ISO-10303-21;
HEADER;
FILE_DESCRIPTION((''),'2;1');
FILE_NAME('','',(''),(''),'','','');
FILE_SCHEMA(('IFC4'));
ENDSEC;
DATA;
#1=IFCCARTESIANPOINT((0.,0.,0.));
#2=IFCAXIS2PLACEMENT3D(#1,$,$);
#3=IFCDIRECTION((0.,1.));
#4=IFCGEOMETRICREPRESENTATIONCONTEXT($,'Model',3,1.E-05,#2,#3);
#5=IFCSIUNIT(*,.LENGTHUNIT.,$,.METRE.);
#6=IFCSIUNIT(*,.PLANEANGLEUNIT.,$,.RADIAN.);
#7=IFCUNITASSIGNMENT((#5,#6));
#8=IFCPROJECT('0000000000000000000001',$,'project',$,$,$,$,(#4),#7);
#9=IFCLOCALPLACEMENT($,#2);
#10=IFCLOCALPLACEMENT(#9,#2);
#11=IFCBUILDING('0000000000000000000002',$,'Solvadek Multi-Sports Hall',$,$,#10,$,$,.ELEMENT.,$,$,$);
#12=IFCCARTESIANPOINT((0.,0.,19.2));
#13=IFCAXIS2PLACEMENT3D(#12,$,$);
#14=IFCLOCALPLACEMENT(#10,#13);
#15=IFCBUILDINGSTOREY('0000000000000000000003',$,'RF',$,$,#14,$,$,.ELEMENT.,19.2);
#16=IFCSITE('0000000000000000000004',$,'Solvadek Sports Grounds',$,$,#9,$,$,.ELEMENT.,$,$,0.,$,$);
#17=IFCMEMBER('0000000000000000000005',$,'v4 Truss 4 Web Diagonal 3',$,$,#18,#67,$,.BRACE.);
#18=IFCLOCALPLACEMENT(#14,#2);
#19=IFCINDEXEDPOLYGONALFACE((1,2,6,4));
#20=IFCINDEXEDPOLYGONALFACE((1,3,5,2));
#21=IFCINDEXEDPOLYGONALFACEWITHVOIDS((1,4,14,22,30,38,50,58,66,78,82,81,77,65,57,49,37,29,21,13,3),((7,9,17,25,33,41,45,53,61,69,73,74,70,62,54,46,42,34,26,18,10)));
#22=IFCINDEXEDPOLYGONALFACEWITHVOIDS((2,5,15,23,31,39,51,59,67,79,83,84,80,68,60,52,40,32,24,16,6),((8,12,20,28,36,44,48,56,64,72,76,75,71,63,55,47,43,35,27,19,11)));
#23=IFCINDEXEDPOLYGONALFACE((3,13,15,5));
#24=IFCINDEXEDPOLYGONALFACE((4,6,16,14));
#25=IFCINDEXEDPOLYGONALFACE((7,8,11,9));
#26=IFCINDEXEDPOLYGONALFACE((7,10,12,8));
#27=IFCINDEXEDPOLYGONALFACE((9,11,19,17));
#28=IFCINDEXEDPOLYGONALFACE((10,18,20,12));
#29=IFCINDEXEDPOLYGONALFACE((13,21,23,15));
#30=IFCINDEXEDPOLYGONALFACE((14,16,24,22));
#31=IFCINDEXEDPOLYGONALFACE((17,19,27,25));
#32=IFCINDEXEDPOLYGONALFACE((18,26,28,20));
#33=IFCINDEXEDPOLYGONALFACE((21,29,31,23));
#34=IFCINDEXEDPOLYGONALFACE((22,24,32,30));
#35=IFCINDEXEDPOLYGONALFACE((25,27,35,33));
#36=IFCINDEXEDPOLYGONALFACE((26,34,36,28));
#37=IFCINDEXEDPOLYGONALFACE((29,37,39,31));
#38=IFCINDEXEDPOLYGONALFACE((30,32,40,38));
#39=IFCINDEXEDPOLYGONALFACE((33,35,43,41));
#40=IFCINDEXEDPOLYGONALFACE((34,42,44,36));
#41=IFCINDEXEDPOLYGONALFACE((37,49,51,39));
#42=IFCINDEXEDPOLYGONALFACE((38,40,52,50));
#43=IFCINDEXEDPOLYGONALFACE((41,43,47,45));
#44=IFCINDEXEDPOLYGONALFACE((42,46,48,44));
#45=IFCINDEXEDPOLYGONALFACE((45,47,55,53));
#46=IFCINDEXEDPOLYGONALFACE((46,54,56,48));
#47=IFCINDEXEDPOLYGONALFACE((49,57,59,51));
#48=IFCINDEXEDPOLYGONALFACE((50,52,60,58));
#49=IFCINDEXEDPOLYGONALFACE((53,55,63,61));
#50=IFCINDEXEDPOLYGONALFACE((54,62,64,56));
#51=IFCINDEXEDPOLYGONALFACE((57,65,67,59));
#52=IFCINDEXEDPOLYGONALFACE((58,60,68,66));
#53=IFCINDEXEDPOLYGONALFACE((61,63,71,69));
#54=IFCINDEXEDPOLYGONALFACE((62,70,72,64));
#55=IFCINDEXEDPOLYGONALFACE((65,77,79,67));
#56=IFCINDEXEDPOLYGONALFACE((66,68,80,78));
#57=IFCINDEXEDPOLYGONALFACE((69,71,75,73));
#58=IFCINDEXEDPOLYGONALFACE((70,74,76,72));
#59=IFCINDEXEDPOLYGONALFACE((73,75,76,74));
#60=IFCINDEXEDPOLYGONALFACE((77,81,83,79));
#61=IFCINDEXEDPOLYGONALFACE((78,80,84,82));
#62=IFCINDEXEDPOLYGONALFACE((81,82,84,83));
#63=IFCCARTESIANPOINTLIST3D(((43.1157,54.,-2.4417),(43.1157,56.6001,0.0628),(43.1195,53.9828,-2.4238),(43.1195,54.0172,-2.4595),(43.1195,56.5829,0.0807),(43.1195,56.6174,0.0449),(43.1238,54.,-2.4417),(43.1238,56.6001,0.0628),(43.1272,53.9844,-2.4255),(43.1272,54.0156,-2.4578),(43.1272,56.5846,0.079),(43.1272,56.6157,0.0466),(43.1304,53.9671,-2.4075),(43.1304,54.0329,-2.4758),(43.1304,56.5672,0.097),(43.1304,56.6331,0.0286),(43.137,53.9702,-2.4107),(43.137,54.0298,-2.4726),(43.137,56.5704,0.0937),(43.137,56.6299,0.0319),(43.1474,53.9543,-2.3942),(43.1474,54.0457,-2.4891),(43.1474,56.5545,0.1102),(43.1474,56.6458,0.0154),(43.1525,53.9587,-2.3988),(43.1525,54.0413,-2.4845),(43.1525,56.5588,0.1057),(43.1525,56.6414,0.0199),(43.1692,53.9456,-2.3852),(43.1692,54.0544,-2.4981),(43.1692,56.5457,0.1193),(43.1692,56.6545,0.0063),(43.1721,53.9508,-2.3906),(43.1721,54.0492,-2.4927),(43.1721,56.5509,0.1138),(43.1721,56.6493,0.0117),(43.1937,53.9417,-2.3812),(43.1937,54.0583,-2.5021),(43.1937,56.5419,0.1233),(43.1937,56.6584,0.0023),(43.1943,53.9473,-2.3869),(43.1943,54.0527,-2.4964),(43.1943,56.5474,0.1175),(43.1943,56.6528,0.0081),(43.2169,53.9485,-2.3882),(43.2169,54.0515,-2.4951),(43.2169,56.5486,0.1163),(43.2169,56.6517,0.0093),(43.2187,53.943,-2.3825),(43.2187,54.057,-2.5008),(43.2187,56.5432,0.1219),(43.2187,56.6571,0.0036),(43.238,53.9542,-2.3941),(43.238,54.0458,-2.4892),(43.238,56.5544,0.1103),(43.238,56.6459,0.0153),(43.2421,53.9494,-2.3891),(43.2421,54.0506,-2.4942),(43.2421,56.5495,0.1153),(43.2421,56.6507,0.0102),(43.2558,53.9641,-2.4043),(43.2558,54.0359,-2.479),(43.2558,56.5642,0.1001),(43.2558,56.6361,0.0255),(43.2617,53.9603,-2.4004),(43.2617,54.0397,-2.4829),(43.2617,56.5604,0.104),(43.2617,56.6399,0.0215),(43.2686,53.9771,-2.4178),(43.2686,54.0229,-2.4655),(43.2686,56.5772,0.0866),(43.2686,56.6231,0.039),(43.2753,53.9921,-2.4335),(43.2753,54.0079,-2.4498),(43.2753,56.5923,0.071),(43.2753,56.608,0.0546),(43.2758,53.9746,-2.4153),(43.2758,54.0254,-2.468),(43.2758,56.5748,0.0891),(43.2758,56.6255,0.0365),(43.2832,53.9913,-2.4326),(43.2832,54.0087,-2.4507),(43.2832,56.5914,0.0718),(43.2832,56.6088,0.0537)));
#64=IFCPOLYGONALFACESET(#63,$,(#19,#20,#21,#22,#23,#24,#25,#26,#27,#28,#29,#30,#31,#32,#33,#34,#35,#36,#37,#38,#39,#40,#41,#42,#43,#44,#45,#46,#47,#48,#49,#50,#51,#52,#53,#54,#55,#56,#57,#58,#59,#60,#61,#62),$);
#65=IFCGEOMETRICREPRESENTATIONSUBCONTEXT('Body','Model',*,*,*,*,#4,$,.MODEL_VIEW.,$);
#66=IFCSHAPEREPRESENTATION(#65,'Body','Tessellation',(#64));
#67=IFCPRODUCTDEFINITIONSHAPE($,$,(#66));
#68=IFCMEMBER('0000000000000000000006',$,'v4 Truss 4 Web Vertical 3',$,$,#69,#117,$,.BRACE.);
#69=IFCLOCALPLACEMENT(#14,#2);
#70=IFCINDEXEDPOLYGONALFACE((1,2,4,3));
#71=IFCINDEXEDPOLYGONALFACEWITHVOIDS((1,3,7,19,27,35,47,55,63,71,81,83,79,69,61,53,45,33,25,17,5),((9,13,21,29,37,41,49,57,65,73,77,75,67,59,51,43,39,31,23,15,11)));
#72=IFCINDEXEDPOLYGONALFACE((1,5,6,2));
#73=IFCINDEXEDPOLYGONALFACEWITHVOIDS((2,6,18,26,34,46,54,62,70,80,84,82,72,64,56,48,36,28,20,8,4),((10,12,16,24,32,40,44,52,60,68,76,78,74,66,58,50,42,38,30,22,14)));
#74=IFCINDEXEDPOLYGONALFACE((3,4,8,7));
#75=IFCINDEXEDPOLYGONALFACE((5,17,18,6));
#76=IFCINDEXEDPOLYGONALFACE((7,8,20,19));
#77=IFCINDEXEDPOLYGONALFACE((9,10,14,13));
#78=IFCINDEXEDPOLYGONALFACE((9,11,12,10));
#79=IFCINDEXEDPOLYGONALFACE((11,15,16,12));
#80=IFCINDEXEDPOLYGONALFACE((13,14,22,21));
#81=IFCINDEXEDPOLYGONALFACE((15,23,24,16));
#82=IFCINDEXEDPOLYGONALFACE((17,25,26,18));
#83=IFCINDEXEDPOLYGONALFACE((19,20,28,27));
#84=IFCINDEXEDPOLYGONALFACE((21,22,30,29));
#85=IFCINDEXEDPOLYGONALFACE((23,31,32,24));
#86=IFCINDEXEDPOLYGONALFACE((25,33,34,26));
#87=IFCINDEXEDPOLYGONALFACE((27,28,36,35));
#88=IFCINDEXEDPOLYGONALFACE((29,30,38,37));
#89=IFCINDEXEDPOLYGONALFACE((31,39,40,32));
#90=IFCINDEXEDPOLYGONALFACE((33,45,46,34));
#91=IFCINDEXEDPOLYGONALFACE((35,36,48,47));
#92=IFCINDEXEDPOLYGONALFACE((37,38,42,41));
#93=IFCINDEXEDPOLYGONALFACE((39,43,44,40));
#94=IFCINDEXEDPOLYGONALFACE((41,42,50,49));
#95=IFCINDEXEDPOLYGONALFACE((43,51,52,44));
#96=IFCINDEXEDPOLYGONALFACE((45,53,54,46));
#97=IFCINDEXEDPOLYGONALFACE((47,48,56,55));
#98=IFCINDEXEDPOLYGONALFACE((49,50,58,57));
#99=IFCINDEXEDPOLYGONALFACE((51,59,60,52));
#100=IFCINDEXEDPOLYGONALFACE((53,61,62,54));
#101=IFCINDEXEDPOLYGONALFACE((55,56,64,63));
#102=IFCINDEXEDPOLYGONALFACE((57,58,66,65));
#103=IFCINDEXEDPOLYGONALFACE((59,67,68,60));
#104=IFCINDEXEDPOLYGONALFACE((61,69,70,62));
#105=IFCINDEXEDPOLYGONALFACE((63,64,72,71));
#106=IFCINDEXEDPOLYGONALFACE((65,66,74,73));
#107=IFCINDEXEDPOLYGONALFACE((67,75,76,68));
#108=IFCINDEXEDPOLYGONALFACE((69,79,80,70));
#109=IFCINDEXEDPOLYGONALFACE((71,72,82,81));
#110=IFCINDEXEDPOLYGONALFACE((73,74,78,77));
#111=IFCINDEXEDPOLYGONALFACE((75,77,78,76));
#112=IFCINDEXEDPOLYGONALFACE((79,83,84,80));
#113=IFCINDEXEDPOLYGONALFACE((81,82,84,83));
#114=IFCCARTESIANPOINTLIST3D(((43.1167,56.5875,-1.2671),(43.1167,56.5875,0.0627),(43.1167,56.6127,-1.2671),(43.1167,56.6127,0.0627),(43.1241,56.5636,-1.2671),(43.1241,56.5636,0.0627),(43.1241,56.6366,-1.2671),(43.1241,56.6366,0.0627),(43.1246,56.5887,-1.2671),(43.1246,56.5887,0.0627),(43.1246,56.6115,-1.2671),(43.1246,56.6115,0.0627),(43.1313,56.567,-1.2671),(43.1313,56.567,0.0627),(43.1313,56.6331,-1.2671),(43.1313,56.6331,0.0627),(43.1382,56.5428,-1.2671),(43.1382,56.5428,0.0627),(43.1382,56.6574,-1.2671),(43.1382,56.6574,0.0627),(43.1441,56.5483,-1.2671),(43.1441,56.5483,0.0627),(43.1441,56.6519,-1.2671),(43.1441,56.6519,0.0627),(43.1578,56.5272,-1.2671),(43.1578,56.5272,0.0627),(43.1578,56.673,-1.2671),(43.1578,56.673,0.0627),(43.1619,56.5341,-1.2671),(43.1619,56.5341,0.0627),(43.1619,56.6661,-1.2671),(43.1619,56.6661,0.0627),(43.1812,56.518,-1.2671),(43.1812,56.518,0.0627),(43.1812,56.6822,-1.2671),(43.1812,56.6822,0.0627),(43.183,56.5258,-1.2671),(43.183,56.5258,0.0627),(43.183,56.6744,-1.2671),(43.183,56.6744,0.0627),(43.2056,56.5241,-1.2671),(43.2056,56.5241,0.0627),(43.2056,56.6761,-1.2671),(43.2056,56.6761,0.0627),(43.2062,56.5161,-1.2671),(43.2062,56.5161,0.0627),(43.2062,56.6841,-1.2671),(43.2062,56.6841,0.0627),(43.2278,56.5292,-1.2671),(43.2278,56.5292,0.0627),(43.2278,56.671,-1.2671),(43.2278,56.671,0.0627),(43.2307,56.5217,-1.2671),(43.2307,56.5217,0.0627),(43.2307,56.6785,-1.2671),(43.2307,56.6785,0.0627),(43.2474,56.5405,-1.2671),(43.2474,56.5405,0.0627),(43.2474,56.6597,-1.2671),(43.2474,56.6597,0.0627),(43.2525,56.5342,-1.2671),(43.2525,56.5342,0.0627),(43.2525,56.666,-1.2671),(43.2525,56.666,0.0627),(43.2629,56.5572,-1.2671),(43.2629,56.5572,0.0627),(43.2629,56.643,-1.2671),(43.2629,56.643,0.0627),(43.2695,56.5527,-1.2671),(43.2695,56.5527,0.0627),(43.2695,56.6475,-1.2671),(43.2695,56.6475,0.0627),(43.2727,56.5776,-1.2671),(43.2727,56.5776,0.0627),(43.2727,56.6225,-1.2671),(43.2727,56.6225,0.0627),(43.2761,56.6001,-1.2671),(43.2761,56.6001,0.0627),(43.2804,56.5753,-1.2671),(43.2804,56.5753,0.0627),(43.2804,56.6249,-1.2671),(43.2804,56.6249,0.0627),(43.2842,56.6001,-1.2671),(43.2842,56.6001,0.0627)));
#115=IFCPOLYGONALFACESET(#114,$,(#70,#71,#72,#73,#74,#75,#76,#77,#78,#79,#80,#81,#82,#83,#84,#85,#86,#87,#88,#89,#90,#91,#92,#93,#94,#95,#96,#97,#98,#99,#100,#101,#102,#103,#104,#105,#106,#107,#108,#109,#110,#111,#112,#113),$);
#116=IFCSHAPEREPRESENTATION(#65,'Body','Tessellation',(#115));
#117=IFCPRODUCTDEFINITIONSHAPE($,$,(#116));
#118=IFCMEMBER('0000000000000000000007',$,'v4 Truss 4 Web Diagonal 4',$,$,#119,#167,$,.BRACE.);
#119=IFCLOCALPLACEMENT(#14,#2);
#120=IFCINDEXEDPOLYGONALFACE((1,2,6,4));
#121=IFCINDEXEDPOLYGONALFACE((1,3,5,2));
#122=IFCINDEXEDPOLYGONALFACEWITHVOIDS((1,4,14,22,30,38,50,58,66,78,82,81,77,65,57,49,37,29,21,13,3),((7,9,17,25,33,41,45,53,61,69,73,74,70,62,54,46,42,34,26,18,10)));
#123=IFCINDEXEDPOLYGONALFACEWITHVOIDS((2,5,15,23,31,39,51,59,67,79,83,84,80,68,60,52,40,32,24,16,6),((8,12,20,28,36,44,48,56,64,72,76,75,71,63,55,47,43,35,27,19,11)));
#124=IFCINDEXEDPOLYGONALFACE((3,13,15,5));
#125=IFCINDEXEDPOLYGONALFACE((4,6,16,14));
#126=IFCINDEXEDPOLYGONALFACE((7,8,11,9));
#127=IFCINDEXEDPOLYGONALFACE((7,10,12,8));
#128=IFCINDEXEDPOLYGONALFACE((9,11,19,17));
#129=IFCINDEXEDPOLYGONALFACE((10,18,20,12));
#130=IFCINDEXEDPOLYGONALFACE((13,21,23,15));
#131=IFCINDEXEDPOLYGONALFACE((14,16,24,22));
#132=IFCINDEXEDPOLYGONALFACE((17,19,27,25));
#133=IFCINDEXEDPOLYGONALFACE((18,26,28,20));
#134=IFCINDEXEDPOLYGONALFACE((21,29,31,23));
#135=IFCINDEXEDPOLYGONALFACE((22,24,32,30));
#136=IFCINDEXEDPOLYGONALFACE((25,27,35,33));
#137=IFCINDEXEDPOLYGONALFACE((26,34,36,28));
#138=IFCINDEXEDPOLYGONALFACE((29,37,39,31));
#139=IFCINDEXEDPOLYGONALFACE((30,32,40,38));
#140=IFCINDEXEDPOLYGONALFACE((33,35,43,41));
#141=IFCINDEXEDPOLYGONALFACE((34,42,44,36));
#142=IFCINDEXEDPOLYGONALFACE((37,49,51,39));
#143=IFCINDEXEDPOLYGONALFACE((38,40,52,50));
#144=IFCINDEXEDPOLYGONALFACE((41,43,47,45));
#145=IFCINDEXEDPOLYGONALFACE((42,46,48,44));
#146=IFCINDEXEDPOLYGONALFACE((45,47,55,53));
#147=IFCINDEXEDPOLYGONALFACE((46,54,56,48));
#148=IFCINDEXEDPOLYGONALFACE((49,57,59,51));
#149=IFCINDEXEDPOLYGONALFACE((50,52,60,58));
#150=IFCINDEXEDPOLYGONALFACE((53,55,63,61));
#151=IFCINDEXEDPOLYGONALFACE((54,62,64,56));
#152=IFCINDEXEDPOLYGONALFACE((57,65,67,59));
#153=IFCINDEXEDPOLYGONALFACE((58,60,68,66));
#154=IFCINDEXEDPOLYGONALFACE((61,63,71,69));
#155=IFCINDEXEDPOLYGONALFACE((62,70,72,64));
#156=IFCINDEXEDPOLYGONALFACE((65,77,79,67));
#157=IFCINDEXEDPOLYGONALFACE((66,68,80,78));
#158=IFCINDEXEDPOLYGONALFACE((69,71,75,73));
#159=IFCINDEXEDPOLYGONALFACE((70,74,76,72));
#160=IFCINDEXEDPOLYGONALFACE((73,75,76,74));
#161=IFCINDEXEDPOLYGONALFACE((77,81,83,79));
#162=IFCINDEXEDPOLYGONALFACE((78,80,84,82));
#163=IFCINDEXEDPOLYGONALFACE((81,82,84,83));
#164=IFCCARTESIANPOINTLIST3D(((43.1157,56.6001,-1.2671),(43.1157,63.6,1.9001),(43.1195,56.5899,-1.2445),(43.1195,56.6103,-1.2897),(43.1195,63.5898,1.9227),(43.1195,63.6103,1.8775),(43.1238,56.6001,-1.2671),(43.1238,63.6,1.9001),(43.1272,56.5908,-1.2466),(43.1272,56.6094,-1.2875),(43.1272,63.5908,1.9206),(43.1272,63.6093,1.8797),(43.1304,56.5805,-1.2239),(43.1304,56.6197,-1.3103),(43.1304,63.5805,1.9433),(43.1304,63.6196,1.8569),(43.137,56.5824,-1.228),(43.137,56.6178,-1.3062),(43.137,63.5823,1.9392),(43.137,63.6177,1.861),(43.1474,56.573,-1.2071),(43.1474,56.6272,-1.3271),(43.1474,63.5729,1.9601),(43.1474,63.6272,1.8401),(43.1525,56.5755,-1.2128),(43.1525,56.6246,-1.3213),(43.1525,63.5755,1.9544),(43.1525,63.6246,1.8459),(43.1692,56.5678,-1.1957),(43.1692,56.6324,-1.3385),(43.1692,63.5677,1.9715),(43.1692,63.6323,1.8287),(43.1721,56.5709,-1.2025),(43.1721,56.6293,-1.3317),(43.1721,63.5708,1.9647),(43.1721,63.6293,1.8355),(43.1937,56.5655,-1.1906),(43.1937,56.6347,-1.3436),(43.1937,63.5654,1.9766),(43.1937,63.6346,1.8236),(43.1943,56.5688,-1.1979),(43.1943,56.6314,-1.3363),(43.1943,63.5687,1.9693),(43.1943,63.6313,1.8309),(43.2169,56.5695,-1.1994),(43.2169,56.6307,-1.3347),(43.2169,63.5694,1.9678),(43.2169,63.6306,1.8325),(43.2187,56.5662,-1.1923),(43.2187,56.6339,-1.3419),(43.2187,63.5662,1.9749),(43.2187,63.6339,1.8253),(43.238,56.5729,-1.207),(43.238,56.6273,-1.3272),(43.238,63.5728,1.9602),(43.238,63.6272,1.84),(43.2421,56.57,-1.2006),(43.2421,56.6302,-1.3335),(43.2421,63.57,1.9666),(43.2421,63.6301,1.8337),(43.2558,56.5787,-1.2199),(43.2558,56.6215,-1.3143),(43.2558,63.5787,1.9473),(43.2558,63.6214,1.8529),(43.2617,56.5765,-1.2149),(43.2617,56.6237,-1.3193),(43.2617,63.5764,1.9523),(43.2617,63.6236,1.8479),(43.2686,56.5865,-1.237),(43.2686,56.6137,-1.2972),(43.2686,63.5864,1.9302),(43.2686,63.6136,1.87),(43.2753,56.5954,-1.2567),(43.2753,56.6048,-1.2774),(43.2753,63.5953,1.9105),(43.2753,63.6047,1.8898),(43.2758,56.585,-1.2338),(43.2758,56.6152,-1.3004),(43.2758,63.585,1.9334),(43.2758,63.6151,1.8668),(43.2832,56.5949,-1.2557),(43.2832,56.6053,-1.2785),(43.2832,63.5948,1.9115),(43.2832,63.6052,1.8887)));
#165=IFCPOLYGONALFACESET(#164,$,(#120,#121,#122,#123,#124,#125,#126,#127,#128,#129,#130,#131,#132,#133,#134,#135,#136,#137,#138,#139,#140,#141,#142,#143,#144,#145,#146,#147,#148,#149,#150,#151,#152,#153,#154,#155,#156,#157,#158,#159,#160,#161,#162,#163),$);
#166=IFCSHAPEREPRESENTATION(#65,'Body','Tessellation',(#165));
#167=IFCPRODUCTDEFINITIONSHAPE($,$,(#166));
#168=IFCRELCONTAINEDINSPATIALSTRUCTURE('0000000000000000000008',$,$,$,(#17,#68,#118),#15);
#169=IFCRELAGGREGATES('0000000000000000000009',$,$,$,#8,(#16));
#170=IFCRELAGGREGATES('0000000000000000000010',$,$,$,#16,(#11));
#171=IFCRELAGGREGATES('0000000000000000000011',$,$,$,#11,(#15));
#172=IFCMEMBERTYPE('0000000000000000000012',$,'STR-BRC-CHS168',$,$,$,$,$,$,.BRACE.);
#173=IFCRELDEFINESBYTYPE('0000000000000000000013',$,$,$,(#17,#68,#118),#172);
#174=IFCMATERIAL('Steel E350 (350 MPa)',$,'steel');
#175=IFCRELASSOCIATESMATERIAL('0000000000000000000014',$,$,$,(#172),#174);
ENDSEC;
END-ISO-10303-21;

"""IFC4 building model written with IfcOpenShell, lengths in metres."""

from ifc_helpers import new_model, si_unit, direction, frame, origin, origin_2d, place, context, subcontext, project, spatial, hollow_circle, extrude, material, material_profile, profile_set, type_object, element, save


model = new_model("IFC4")

# Units and contexts
model_context = context("Model", 3, precision=1e-05, world=origin(), true_north=direction((0.0, 1.0)))
body_context = subcontext(model_context, "Body", "Model", "MODEL_VIEW")
ifc_project = project(units=[si_unit("LENGTHUNIT", "METRE"), si_unit("PLANEANGLEUNIT", "RADIAN")], contexts=[model_context])

# Site, building, storey
site_placement = place(None, origin())
site = spatial("IfcSite", under=ifc_project, at=site_placement, Name="Solvadek Sports Grounds", CompositionType="ELEMENT", RefElevation=0.0)
building_placement = place(site_placement, origin())
building = spatial("IfcBuilding", under=site, at=building_placement, Name="Solvadek Multi-Sports Hall", CompositionType="ELEMENT")
storey_placement = place(building_placement, frame((0.0, 0.0, 19.2)))
storey = spatial("IfcBuildingStorey", under=building, at=storey_placement, Name="RF", CompositionType="ELEMENT", Elevation=19.2)

# Members
ifc_material_1 = material(Name="Steel E350 (350 MPa)", Category="steel")
ifc_material_profile_1 = material_profile(ifc_material_1, hollow_circle(Radius=0.0842, WallThickness=0.0081, at=origin_2d()), Name="CHS 168.3x8")
ifc_profile_set_1 = profile_set([ifc_material_profile_1], Name="Steel E350 (350 MPa)")
member_type_1 = type_object("IfcMemberType", Name="STR-BRC-CHS168", PredefinedType="BRACE", material=ifc_profile_set_1)
member_1_placement = place(storey_placement, frame((43.2, 54.0, -2.4417), z_axis=(0.0, 0.720238, 0.693727), x_axis=(-1.0, 0.0, 0.0)))
element("IfcMember", 1, at=member_1_placement, inside=storey, type_object=member_type_1, Name="v4 Truss 4 Web Diagonal 3", PredefinedType="BRACE", context=body_context, shape_type="SweptSolid", body=[
    extrude(hollow_circle(Radius=0.0842, WallThickness=0.0081, at=origin_2d()), origin(), (0.0, 0.0, 1.0), 3.6101),
])
member_2_placement = place(storey_placement, frame((43.2, 56.6001, -1.2671), z_axis=(0.0, 0.0, 1.0), x_axis=(1.0, 0.0, 0.0)))
element("IfcMember", 2, at=member_2_placement, inside=storey, type_object=member_type_1, Name="v4 Truss 4 Web Vertical 3", PredefinedType="BRACE", context=body_context, shape_type="SweptSolid", body=[
    extrude(hollow_circle(Radius=0.0842, WallThickness=0.0081, at=origin_2d()), origin(), (0.0, 0.0, 1.0), 1.3298),
])
member_3_placement = place(storey_placement, frame((43.2, 56.6001, -1.2671), z_axis=(0.0, 0.91108, 0.412229), x_axis=(-1.0, 0.0, 0.0)))
element("IfcMember", 3, at=member_3_placement, inside=storey, type_object=member_type_1, Name="v4 Truss 4 Web Diagonal 4", PredefinedType="BRACE", context=body_context, shape_type="SweptSolid", body=[
    extrude(hollow_circle(Radius=0.0842, WallThickness=0.0081, at=origin_2d()), origin(), (0.0, 0.0, 1.0), 7.6831),
])

save(model, "model.ifc")
